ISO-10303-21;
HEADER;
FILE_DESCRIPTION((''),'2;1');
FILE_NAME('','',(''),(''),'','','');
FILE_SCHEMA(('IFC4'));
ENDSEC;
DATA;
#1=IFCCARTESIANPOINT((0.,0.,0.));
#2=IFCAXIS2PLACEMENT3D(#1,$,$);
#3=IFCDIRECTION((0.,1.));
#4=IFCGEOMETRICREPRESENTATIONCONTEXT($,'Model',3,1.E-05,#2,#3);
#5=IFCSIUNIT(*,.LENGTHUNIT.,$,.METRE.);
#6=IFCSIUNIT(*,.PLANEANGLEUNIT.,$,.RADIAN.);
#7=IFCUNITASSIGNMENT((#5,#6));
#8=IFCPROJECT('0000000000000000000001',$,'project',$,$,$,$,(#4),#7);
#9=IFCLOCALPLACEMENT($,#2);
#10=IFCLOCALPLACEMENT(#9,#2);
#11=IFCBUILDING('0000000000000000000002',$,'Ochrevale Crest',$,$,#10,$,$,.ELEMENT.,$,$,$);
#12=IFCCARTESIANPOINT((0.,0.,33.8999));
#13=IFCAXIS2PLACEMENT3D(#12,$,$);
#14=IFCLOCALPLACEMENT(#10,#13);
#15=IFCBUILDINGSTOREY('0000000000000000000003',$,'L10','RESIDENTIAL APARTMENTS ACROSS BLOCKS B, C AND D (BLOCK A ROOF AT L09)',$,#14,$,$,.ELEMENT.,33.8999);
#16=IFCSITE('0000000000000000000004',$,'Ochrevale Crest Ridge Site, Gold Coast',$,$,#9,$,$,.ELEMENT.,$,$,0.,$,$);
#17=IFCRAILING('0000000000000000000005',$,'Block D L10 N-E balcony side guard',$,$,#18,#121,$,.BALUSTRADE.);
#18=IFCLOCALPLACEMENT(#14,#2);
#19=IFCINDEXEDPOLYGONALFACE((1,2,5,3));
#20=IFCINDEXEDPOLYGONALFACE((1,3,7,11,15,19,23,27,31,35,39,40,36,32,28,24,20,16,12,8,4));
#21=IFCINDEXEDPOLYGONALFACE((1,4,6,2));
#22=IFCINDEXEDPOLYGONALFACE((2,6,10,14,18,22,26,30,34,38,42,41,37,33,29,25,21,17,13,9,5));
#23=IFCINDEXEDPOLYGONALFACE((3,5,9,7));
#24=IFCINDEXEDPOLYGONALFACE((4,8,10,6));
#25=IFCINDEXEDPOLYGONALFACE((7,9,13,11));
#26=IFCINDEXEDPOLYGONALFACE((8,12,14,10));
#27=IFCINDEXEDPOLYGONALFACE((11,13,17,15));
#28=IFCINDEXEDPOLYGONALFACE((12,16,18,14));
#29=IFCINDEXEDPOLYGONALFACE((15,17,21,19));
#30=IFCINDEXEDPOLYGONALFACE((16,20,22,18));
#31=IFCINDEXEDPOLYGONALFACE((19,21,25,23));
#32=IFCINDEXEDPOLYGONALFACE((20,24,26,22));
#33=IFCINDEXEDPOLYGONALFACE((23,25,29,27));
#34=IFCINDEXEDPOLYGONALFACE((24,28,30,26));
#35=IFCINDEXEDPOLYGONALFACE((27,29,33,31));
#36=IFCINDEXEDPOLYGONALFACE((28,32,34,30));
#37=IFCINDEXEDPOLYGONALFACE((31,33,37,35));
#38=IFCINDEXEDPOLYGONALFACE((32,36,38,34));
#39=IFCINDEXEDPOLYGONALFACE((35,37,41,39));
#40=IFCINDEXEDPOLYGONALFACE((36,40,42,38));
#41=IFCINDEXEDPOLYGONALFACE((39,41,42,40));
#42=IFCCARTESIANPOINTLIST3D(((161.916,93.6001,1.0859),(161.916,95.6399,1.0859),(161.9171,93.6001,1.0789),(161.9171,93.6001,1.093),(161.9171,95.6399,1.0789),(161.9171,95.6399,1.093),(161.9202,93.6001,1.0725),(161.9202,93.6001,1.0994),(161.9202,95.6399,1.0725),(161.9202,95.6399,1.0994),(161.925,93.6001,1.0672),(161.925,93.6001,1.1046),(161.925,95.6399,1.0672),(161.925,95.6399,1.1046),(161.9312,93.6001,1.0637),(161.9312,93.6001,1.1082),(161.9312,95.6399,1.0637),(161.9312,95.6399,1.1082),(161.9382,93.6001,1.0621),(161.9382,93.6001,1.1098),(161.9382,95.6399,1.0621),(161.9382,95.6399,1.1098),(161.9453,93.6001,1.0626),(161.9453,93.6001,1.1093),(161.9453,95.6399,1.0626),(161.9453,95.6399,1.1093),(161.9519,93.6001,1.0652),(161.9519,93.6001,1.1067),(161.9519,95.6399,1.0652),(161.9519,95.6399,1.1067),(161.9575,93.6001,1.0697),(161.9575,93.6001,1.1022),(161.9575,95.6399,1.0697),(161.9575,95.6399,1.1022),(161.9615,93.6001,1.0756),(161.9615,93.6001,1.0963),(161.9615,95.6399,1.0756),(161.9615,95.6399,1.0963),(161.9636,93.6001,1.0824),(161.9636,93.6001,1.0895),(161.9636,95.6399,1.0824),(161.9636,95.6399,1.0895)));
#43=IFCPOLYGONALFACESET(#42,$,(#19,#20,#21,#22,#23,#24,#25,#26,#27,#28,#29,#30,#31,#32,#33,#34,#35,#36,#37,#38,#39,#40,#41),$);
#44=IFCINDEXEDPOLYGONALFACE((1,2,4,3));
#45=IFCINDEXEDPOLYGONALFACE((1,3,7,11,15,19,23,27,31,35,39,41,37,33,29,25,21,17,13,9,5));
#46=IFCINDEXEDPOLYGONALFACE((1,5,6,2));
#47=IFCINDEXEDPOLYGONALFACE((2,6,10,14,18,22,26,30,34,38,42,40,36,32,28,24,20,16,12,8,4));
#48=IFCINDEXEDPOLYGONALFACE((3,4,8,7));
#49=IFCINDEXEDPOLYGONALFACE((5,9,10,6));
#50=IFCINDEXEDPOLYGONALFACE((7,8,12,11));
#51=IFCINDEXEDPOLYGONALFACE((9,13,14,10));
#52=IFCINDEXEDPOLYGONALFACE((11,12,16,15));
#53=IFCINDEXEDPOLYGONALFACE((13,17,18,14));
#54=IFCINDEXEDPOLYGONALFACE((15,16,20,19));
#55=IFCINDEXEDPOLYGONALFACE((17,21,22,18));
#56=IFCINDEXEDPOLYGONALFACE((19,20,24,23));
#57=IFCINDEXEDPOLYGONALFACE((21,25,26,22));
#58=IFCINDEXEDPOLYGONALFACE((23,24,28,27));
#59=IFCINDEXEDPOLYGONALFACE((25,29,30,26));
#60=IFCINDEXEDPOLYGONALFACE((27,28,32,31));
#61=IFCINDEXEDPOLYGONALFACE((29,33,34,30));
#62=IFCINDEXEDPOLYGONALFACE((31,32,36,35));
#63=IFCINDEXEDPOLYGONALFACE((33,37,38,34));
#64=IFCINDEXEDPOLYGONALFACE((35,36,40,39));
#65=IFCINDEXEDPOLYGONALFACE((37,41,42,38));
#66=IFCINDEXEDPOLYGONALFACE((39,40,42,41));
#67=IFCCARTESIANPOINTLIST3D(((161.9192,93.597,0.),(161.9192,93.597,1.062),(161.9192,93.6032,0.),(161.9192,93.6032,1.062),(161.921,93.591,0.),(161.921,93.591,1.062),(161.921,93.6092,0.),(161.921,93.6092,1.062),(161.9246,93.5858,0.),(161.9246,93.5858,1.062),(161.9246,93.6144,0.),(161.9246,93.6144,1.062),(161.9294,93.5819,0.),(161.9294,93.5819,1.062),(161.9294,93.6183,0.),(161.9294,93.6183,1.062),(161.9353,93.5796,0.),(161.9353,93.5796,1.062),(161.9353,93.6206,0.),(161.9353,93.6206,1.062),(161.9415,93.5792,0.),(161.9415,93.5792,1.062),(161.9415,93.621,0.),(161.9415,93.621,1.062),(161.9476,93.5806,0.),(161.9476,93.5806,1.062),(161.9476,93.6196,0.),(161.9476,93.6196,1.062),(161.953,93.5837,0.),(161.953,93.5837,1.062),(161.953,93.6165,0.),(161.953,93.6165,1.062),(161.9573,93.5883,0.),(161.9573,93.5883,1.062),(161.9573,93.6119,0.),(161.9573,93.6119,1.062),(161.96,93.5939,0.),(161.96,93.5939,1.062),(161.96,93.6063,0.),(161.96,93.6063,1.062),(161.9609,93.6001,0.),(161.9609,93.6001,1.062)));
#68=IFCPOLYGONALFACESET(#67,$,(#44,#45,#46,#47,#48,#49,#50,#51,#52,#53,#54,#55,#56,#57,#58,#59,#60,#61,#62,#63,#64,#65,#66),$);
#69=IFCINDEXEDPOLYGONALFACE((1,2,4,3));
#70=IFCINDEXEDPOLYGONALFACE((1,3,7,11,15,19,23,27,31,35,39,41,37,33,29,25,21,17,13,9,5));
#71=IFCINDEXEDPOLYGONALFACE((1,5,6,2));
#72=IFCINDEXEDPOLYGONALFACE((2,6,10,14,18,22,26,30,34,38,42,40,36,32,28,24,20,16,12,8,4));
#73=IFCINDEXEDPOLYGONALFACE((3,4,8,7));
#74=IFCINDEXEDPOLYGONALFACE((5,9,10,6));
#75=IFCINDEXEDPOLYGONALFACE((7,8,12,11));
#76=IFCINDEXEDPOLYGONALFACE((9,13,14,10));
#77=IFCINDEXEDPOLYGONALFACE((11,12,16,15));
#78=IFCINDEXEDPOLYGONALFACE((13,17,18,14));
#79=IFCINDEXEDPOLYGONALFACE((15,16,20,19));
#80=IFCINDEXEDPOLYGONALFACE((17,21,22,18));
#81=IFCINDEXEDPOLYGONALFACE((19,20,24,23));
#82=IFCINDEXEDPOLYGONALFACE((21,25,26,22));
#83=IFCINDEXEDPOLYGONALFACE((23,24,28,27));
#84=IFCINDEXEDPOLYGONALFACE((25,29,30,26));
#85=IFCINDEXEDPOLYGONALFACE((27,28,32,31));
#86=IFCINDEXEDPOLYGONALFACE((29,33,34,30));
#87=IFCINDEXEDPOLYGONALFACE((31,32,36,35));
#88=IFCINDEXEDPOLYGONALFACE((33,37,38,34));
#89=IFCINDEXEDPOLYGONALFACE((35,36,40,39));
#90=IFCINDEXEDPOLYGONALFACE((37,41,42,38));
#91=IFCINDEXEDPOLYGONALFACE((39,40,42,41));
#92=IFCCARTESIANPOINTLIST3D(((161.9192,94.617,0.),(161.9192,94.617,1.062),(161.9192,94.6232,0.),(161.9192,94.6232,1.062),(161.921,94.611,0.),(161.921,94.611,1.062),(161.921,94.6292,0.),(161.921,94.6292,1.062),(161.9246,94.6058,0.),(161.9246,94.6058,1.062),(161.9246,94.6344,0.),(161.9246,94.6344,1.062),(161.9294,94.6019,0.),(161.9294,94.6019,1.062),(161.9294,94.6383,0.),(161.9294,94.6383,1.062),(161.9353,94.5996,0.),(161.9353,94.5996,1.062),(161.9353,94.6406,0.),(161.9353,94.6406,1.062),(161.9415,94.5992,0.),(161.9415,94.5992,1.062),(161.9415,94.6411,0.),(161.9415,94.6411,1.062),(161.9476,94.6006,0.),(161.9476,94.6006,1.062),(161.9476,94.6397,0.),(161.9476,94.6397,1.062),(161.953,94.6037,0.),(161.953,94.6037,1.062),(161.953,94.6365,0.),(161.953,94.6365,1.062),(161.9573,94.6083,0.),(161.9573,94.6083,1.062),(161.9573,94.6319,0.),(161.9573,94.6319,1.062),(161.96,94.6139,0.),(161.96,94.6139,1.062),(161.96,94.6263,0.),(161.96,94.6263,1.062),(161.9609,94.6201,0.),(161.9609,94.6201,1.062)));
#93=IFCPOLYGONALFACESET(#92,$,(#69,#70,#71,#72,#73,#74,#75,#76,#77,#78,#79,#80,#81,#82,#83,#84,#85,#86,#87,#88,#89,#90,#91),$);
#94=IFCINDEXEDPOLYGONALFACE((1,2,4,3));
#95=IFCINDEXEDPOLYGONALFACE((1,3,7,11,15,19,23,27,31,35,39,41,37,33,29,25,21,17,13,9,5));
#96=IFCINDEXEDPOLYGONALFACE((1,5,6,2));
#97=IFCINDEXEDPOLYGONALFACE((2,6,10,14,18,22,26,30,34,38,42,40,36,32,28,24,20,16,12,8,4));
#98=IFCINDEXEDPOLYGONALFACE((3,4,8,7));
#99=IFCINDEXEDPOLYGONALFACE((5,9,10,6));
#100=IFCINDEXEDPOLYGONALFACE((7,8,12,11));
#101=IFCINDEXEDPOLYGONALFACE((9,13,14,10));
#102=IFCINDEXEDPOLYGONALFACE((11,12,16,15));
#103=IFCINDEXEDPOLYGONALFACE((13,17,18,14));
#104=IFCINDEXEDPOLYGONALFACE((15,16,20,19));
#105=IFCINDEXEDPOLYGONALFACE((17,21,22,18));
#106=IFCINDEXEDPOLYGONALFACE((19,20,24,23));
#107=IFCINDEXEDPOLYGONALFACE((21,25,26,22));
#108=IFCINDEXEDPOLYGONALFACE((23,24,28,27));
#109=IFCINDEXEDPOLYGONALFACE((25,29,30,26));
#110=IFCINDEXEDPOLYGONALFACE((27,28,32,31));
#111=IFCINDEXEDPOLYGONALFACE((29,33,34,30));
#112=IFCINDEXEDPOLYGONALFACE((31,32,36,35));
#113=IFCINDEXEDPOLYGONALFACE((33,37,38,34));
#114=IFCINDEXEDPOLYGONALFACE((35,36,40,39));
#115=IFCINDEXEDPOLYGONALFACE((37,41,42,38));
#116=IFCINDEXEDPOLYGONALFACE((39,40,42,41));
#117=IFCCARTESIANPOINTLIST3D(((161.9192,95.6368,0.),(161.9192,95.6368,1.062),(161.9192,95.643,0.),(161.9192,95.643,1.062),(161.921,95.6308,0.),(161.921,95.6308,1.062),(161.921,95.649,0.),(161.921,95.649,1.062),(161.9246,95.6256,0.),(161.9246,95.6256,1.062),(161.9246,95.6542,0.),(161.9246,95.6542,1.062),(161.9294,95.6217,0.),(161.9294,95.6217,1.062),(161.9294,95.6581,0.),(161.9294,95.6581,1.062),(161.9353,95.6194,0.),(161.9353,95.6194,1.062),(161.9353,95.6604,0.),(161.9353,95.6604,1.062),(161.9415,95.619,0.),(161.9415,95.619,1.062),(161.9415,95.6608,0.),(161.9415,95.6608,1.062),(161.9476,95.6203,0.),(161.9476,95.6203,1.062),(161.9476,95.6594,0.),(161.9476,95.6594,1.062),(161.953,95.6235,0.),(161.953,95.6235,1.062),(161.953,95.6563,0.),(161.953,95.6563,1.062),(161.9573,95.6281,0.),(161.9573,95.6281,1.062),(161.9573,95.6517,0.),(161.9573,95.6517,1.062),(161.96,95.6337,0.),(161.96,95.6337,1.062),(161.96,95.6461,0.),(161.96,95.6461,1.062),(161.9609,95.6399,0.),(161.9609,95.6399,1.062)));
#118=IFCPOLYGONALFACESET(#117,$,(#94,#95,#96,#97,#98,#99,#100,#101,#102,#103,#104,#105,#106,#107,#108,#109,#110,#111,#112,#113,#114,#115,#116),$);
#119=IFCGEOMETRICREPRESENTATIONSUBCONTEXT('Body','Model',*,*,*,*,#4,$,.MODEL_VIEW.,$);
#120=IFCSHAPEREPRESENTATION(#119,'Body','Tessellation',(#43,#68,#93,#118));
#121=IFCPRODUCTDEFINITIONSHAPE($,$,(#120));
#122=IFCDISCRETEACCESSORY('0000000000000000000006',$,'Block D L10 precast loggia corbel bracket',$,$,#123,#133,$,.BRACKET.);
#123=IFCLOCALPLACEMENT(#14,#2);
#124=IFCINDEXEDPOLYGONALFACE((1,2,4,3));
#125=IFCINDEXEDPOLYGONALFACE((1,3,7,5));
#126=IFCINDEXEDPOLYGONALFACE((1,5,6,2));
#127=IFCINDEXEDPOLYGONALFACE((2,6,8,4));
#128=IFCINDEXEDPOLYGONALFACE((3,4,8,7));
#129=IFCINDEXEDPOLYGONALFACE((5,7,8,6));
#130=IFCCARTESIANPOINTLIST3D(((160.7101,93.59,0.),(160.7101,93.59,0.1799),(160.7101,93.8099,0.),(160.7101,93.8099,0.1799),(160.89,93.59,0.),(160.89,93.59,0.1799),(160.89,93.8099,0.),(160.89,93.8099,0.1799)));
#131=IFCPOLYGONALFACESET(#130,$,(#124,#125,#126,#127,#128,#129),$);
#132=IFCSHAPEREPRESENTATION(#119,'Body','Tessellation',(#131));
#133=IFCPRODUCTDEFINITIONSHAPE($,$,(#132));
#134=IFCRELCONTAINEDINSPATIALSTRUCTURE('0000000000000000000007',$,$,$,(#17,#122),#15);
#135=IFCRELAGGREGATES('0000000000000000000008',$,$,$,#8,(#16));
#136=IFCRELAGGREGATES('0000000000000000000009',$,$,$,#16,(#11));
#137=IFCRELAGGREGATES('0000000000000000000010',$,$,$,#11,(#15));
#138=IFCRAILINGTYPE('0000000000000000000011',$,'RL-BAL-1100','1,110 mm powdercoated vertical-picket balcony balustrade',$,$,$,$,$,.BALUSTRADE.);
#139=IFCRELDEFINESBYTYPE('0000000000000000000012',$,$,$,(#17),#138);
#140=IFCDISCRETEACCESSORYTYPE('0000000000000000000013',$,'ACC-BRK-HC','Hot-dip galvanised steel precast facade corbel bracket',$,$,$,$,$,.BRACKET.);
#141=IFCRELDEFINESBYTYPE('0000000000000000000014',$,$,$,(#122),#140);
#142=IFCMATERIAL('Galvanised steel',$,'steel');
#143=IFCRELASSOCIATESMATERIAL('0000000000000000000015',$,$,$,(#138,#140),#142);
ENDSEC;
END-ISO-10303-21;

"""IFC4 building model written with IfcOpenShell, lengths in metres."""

from ifc_helpers import new_model, si_unit, direction, frame, origin, origin_2d, place, context, subcontext, project, spatial, rectangle, circle, extrude, material, type_object, element, save


model = new_model("IFC4")

# Units and contexts
model_context = context("Model", 3, precision=1e-05, world=origin(), true_north=direction((0.0, 1.0)))
body_context = subcontext(model_context, "Body", "Model", "MODEL_VIEW")
ifc_project = project(units=[si_unit("LENGTHUNIT", "METRE"), si_unit("PLANEANGLEUNIT", "RADIAN")], contexts=[model_context])

# Site, building, storey
site_placement = place(None, origin())
site = spatial("IfcSite", under=ifc_project, at=site_placement, Name="Ochrevale Crest Ridge Site, Gold Coast", CompositionType="ELEMENT", RefElevation=0.0)
building_placement = place(site_placement, origin())
building = spatial("IfcBuilding", under=site, at=building_placement, Name="Ochrevale Crest", CompositionType="ELEMENT")
storey_placement = place(building_placement, frame((0.0, 0.0, 33.8999)))
storey = spatial("IfcBuildingStorey", under=building, at=storey_placement, Name="L10", Description="RESIDENTIAL APARTMENTS ACROSS BLOCKS B, C AND D (BLOCK A ROOF AT L09)", CompositionType="ELEMENT", Elevation=33.8999)

# Railing
ifc_material_1 = material(Name="Galvanised steel", Category="steel")
railing_type = type_object("IfcRailingType", Name="RL-BAL-1100", Description="1,110 mm powdercoated vertical-picket balcony balustrade", PredefinedType="BALUSTRADE", material=ifc_material_1)
railing_placement = place(storey_placement, frame((161.9399, 93.6001, 0.0)))
element("IfcRailing", 1, at=railing_placement, inside=storey, type_object=railing_type, Name="Block D L10 N-E balcony side guard", PredefinedType="BALUSTRADE", context=body_context, shape_type="SweptSolid", body=[
    extrude(circle(Radius=0.0239, at=origin_2d()), frame((0.0, 0.0, 1.0859), z_axis=(0.0, 1.0, 0.0), x_axis=(-1.0, 0.0, 0.0)), (0.0, 0.0, 1.0), 2.0398),
    extrude(circle(Radius=0.021, at=origin_2d()), origin(), (0.0, 0.0, 1.0), 1.062),
    extrude(circle(Radius=0.021, at=origin_2d()), frame((0.0, 1.02, 0.0)), (0.0, 0.0, 1.0), 1.062),
    extrude(circle(Radius=0.021, at=origin_2d()), frame((0.0, 2.0398, 0.0)), (0.0, 0.0, 1.0), 1.062),
])

# Discrete accessory
discrete_accessory_type = type_object("IfcDiscreteAccessoryType", Name="ACC-BRK-HC", Description="Hot-dip galvanised steel precast facade corbel bracket", PredefinedType="BRACKET", material=ifc_material_1)
discrete_accessory_placement = place(storey_placement, frame((160.8, 93.7, 0.0), z_axis=(0.0, 0.0, 1.0), x_axis=(1.0, 0.0, 0.0)))
element("IfcDiscreteAccessory", 2, at=discrete_accessory_placement, inside=storey, type_object=discrete_accessory_type, Name="Block D L10 precast loggia corbel bracket", PredefinedType="BRACKET", context=body_context, shape_type="SweptSolid", body=[
    extrude(rectangle(XDim=0.1799, YDim=0.22, at=origin_2d()), origin(), (0.0, 0.0, 1.0), 0.1799),
])

save(model, "model.ifc")
